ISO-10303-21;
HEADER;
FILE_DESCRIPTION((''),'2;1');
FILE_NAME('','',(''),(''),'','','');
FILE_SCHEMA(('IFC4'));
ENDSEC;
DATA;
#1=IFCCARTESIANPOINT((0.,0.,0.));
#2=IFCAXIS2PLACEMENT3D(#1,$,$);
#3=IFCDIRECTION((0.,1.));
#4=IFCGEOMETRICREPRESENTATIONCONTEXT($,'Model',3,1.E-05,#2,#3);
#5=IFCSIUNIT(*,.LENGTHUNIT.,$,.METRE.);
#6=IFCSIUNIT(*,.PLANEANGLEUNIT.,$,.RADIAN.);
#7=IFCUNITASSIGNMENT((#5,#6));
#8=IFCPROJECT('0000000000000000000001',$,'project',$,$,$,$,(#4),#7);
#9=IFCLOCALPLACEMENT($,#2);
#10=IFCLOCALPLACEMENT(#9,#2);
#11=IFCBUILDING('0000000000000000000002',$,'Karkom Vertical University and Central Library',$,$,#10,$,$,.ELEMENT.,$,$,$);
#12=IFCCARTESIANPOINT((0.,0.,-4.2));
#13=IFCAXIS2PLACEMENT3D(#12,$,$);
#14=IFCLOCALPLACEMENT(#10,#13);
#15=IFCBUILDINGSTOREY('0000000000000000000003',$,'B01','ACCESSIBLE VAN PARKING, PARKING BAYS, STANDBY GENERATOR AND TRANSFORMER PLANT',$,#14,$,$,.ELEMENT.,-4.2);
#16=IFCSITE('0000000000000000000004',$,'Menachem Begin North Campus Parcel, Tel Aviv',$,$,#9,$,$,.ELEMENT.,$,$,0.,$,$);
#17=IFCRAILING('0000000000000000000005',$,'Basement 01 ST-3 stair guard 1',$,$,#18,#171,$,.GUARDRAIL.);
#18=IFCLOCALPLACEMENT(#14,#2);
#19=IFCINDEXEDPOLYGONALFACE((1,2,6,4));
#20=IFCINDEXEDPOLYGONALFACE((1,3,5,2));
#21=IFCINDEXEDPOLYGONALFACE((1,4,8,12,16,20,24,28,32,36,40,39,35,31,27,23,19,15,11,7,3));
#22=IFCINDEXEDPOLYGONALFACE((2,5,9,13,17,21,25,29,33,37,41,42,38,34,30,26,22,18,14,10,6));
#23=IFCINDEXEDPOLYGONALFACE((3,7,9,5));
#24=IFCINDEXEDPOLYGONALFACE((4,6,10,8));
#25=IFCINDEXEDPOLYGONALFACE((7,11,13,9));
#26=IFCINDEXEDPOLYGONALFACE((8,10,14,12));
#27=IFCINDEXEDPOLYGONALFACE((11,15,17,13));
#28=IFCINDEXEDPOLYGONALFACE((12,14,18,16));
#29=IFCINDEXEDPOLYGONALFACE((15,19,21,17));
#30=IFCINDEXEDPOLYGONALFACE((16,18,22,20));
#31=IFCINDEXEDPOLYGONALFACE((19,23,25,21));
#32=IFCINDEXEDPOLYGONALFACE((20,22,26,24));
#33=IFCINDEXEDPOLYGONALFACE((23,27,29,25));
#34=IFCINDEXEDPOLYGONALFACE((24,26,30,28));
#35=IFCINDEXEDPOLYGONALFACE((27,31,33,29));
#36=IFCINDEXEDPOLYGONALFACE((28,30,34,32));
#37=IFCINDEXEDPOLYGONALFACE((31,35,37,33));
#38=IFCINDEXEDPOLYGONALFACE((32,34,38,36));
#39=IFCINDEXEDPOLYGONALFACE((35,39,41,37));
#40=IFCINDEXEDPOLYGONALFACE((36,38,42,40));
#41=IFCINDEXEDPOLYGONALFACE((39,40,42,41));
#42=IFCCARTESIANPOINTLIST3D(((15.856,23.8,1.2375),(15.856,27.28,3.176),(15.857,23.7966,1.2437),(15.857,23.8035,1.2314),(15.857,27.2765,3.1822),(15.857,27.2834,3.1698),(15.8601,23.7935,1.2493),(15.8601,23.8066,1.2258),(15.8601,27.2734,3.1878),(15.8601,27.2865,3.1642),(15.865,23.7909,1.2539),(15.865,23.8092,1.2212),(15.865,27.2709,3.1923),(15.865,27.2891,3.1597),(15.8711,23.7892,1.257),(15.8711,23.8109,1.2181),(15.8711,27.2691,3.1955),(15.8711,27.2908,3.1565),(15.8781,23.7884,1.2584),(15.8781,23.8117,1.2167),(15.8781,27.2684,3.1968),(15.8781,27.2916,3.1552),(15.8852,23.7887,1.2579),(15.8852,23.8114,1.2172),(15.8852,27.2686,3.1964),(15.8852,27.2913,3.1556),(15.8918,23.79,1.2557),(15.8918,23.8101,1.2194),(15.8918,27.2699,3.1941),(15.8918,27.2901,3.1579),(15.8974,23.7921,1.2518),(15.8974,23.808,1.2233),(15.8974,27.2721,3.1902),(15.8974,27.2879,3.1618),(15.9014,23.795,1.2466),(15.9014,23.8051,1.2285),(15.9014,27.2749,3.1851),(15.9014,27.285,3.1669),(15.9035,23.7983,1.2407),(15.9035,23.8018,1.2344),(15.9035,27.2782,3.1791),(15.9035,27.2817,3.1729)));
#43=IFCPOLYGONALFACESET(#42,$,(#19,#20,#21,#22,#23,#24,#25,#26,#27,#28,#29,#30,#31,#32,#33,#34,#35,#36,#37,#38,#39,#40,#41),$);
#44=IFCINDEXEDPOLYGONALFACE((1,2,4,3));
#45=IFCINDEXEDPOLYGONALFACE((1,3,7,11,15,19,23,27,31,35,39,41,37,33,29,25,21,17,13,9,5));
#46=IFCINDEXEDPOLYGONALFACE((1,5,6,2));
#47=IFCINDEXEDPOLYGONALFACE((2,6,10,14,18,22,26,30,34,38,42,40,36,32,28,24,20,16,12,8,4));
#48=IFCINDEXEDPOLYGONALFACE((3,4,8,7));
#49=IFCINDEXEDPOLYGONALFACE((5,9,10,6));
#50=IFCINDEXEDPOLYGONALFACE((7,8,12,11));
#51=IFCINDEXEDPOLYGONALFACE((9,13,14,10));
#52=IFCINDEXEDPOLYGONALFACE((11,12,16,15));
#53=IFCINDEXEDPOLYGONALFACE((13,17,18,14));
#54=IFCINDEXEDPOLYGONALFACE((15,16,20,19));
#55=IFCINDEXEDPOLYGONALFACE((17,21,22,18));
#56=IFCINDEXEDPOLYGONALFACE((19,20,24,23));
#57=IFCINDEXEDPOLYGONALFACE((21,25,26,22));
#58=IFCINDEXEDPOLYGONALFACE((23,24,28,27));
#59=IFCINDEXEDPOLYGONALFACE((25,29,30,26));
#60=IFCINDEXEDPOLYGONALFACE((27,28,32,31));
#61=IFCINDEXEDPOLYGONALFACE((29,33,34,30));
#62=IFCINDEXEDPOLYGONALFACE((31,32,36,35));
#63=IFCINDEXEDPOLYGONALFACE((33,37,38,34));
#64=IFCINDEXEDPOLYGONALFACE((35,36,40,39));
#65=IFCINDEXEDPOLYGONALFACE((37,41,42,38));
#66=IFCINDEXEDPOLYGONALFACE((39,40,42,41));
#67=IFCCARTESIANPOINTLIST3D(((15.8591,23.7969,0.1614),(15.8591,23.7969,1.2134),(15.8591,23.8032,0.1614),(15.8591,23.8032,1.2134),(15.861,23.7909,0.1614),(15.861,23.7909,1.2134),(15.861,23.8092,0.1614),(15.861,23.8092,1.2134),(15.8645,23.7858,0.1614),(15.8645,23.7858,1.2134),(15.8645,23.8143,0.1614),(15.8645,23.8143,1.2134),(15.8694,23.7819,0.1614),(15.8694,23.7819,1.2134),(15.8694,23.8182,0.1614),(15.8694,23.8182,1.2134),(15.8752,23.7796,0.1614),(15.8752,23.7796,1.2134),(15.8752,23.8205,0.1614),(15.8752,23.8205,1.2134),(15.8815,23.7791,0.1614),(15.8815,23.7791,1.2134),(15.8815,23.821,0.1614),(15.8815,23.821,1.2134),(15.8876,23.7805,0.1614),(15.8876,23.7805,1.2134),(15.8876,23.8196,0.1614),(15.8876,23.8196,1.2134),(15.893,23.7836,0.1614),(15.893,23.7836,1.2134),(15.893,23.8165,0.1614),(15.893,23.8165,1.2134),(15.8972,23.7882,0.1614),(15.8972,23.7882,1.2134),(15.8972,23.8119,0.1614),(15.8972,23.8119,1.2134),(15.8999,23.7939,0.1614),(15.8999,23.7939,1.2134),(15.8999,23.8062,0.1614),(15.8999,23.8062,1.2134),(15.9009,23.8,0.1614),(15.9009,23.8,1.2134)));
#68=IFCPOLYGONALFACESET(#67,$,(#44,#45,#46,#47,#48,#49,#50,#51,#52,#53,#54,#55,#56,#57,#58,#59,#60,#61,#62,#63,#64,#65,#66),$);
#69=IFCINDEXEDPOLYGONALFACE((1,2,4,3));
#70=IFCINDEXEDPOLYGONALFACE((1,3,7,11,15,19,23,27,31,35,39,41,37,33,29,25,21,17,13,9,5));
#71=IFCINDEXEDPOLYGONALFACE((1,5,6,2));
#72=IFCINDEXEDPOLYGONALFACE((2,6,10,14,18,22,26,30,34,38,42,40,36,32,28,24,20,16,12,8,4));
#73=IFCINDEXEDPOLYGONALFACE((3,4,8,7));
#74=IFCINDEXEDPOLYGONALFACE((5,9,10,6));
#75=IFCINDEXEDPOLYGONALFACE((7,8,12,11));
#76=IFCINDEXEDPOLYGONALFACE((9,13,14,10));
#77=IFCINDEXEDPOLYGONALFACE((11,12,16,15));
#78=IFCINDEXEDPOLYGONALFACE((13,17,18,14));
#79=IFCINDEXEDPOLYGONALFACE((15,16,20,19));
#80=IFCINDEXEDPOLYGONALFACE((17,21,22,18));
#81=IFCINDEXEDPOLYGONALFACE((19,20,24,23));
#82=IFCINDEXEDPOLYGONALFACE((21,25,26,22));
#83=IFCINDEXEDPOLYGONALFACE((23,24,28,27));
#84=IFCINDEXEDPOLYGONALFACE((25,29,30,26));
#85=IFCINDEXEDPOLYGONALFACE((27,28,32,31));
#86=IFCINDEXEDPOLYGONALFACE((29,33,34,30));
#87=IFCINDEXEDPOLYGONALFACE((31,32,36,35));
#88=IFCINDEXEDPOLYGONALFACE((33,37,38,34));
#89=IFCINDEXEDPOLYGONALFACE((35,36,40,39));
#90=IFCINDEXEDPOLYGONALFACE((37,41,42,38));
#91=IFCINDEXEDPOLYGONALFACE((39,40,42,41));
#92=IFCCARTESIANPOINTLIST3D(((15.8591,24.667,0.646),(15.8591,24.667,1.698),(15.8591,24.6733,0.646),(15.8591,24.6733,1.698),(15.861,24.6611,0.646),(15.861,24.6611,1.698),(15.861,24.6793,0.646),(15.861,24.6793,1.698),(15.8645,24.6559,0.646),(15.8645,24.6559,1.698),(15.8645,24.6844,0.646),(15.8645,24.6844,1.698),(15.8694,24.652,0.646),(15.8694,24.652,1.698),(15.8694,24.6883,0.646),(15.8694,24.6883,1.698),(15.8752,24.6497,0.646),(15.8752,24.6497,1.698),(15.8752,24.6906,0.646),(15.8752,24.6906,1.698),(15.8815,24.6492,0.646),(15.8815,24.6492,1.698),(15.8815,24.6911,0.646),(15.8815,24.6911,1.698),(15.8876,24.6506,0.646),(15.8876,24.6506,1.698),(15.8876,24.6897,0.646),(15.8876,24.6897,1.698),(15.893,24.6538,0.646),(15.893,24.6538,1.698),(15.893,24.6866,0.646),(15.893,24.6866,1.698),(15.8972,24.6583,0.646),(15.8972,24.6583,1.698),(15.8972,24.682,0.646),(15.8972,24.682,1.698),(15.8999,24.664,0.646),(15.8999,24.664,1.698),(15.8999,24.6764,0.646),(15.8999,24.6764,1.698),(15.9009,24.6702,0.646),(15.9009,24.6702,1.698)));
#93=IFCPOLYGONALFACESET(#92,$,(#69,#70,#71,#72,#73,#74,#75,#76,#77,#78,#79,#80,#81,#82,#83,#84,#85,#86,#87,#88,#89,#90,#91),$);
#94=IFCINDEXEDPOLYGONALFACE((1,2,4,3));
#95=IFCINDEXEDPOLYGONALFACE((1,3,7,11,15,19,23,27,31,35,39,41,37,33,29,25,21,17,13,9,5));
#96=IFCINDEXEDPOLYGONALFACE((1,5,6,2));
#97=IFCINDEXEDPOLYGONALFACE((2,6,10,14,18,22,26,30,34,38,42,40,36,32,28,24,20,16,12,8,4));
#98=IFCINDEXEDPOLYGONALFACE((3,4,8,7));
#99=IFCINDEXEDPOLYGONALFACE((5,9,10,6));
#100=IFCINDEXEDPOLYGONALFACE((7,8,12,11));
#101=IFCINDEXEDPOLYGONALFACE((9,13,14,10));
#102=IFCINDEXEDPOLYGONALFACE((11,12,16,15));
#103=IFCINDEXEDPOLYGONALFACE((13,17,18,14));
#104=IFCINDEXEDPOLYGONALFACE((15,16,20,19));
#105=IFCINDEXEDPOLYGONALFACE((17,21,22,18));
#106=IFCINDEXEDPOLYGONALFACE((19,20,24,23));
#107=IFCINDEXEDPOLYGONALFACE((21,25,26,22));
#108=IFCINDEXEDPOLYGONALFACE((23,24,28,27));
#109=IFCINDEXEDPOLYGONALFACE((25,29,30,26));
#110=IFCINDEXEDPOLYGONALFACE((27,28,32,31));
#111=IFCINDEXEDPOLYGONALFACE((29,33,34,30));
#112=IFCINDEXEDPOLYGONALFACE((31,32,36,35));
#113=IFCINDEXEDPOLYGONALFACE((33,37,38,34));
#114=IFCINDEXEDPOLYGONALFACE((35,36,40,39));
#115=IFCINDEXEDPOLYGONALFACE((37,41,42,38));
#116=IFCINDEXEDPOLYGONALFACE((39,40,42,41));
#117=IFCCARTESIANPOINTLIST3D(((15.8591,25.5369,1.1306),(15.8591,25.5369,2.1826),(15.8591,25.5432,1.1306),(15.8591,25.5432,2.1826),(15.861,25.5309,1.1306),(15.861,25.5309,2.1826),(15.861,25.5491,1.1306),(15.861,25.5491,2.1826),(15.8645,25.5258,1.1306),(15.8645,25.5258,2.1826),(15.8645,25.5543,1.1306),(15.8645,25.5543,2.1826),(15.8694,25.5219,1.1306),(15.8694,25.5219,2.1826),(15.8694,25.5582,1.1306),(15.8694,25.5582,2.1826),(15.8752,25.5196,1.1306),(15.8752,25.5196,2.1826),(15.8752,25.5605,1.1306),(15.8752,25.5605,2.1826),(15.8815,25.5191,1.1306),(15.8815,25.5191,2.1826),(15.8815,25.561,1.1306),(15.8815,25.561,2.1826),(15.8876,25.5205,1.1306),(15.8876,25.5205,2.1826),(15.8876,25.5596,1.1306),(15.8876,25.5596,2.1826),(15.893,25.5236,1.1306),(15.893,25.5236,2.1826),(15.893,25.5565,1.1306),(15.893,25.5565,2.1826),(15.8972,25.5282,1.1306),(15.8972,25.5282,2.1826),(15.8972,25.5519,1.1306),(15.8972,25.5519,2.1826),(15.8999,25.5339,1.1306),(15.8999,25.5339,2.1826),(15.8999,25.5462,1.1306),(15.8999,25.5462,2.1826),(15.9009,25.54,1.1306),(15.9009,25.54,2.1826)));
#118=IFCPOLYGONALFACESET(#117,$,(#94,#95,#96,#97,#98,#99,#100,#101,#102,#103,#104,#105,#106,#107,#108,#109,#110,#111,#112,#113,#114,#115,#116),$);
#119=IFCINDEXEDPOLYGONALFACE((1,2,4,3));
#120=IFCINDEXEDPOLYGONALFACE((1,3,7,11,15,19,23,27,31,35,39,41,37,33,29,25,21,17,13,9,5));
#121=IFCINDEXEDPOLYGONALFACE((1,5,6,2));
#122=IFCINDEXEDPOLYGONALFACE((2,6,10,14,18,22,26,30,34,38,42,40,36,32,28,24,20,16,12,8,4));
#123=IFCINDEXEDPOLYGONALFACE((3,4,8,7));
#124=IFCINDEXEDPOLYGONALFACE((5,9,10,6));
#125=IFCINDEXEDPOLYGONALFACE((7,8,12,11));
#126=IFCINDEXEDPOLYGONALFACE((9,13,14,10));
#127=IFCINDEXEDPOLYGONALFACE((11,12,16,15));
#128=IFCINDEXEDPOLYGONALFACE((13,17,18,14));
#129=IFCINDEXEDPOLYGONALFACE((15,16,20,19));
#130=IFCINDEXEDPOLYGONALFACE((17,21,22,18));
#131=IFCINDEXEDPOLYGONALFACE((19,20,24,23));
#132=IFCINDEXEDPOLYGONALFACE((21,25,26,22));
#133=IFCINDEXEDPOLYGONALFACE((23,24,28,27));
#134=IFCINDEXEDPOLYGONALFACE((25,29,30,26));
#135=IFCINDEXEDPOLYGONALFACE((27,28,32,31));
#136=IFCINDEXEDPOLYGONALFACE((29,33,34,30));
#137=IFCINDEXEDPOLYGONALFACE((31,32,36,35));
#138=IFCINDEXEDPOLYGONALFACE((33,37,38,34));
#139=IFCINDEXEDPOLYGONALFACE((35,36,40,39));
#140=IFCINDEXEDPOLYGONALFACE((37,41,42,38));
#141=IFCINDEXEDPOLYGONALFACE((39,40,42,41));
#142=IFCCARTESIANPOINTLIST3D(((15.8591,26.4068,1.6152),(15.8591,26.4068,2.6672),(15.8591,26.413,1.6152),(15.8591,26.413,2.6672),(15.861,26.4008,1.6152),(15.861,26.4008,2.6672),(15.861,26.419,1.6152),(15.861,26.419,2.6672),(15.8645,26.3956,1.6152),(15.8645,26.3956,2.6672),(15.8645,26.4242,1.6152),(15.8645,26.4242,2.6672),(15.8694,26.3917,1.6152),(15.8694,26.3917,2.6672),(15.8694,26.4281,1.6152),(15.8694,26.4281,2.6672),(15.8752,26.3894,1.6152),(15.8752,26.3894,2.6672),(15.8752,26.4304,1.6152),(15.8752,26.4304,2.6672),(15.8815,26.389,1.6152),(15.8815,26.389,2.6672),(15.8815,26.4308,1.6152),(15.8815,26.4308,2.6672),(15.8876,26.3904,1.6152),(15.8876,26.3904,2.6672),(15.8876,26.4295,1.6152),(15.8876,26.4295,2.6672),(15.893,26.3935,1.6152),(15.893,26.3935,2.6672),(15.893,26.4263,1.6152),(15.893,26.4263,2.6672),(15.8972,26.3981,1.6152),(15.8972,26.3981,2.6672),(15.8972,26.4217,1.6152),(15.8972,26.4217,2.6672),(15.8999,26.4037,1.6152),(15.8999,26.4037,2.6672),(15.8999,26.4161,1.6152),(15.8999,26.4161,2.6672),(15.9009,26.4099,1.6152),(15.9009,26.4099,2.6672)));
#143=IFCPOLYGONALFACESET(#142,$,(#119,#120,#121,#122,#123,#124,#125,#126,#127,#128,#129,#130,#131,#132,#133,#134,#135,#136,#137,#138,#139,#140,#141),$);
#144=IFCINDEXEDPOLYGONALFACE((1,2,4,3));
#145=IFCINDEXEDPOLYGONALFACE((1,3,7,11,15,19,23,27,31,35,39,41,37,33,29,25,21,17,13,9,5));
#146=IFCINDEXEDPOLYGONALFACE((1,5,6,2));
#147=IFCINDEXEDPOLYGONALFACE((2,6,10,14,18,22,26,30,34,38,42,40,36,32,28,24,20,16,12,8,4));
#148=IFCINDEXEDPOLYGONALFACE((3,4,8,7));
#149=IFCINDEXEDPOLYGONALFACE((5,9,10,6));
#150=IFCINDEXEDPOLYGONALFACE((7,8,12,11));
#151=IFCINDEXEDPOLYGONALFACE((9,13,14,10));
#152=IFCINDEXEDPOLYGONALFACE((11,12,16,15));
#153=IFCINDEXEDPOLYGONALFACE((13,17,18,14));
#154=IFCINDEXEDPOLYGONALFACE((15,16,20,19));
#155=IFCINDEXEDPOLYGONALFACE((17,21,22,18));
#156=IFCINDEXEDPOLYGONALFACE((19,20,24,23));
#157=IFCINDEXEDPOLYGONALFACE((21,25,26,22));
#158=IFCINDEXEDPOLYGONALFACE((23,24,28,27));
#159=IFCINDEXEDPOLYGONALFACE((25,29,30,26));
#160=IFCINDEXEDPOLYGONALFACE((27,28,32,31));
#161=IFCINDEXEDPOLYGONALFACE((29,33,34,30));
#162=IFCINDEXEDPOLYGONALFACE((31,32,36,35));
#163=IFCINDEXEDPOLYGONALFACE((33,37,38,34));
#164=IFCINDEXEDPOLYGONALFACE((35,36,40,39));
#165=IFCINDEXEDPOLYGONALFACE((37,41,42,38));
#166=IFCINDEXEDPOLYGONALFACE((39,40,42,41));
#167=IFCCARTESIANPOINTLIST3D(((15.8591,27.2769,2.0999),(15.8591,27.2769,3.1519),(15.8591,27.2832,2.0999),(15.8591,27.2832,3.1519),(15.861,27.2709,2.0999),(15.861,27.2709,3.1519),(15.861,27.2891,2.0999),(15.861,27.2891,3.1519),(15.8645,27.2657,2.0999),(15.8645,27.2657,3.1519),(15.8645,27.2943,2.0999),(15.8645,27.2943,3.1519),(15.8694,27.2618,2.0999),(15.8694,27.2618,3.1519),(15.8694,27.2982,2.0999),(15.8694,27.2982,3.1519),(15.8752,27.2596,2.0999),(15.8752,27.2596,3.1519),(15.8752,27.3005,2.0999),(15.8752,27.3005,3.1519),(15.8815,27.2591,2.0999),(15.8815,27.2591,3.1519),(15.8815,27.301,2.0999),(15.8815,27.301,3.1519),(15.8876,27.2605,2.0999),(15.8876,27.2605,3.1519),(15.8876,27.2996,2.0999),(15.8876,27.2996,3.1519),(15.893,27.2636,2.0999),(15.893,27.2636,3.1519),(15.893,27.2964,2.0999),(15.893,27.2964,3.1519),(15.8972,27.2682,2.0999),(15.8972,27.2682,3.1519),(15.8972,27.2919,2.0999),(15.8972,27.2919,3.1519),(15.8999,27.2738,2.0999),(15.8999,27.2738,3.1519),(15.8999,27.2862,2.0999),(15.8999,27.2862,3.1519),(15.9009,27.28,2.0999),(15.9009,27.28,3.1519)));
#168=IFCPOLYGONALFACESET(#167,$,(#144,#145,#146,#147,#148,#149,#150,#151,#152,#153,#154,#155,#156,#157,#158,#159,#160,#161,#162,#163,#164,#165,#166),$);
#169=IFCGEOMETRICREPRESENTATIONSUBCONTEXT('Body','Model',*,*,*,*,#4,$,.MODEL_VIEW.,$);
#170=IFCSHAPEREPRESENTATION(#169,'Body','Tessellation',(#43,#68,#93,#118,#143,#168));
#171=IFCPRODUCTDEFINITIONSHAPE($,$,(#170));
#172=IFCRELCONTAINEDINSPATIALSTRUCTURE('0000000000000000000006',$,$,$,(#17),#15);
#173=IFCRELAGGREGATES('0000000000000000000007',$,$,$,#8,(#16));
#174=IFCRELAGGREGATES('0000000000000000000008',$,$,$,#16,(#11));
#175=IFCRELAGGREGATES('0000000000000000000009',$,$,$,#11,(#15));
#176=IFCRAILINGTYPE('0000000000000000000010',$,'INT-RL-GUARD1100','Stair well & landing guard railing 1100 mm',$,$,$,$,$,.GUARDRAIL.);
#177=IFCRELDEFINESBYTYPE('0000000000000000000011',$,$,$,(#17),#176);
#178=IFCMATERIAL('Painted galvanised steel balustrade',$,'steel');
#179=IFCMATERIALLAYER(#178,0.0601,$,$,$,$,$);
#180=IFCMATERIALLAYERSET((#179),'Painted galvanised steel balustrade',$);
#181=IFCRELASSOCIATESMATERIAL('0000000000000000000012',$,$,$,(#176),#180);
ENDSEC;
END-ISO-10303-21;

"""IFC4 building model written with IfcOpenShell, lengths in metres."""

from ifc_helpers import new_model, si_unit, direction, frame, origin, origin_2d, place, context, subcontext, project, spatial, circle, extrude, material, layer, layer_set, type_object, element, save


model = new_model("IFC4")

# Units and contexts
model_context = context("Model", 3, precision=1e-05, world=origin(), true_north=direction((0.0, 1.0)))
body_context = subcontext(model_context, "Body", "Model", "MODEL_VIEW")
ifc_project = project(units=[si_unit("LENGTHUNIT", "METRE"), si_unit("PLANEANGLEUNIT", "RADIAN")], contexts=[model_context])

# Site, building, storey
site_placement = place(None, origin())
site = spatial("IfcSite", under=ifc_project, at=site_placement, Name="Menachem Begin North Campus Parcel, Tel Aviv", CompositionType="ELEMENT", RefElevation=0.0)
building_placement = place(site_placement, origin())
building = spatial("IfcBuilding", under=site, at=building_placement, Name="Karkom Vertical University and Central Library", CompositionType="ELEMENT")
storey_placement = place(building_placement, frame((0.0, 0.0, -4.2)))
storey = spatial("IfcBuildingStorey", under=building, at=storey_placement, Name="B01", Description="ACCESSIBLE VAN PARKING, PARKING BAYS, STANDBY GENERATOR AND TRANSFORMER PLANT", CompositionType="ELEMENT", Elevation=-4.2)

# Railing
ifc_material_1 = material(Name="Painted galvanised steel balustrade", Category="steel")
ifc_layer_1 = layer(ifc_material_1, 0.0601)
ifc_layer_set_1 = layer_set([ifc_layer_1], Name="Painted galvanised steel balustrade")
railing_type_1 = type_object("IfcRailingType", Name="INT-RL-GUARD1100", Description="Stair well & landing guard railing 1100 mm", PredefinedType="GUARDRAIL", material=ifc_layer_set_1)
railing_1_placement = place(storey_placement, frame((15.8799, 23.8, 0.1614)))
element("IfcRailing", 1, at=railing_1_placement, inside=storey, type_object=railing_type_1, Name="Basement 01 ST-3 stair guard 1", PredefinedType="GUARDRAIL", context=body_context, shape_type="SweptSolid", body=[
    extrude(circle(Radius=0.0239, at=origin_2d()), frame((0.0, 0.0, 1.0762), z_axis=(0.0, 0.873607, 0.486631), x_axis=(-1.0, 0.0, 0.0)), (0.0, 0.0, 1.0), 3.9834),
    extrude(circle(Radius=0.021, at=origin_2d()), origin(), (0.0, 0.0, 1.0), 1.052),
    extrude(circle(Radius=0.021, at=origin_2d()), frame((0.0, 0.8701, 0.4846)), (0.0, 0.0, 1.0), 1.052),
    extrude(circle(Radius=0.021, at=origin_2d()), frame((0.0, 1.74, 0.9692)), (0.0, 0.0, 1.0), 1.052),
    extrude(circle(Radius=0.021, at=origin_2d()), frame((0.0, 2.6099, 1.4539)), (0.0, 0.0, 1.0), 1.052),
    extrude(circle(Radius=0.021, at=origin_2d()), frame((0.0, 3.48, 1.9385)), (0.0, 0.0, 1.0), 1.052),
])

save(model, "model.ifc")
